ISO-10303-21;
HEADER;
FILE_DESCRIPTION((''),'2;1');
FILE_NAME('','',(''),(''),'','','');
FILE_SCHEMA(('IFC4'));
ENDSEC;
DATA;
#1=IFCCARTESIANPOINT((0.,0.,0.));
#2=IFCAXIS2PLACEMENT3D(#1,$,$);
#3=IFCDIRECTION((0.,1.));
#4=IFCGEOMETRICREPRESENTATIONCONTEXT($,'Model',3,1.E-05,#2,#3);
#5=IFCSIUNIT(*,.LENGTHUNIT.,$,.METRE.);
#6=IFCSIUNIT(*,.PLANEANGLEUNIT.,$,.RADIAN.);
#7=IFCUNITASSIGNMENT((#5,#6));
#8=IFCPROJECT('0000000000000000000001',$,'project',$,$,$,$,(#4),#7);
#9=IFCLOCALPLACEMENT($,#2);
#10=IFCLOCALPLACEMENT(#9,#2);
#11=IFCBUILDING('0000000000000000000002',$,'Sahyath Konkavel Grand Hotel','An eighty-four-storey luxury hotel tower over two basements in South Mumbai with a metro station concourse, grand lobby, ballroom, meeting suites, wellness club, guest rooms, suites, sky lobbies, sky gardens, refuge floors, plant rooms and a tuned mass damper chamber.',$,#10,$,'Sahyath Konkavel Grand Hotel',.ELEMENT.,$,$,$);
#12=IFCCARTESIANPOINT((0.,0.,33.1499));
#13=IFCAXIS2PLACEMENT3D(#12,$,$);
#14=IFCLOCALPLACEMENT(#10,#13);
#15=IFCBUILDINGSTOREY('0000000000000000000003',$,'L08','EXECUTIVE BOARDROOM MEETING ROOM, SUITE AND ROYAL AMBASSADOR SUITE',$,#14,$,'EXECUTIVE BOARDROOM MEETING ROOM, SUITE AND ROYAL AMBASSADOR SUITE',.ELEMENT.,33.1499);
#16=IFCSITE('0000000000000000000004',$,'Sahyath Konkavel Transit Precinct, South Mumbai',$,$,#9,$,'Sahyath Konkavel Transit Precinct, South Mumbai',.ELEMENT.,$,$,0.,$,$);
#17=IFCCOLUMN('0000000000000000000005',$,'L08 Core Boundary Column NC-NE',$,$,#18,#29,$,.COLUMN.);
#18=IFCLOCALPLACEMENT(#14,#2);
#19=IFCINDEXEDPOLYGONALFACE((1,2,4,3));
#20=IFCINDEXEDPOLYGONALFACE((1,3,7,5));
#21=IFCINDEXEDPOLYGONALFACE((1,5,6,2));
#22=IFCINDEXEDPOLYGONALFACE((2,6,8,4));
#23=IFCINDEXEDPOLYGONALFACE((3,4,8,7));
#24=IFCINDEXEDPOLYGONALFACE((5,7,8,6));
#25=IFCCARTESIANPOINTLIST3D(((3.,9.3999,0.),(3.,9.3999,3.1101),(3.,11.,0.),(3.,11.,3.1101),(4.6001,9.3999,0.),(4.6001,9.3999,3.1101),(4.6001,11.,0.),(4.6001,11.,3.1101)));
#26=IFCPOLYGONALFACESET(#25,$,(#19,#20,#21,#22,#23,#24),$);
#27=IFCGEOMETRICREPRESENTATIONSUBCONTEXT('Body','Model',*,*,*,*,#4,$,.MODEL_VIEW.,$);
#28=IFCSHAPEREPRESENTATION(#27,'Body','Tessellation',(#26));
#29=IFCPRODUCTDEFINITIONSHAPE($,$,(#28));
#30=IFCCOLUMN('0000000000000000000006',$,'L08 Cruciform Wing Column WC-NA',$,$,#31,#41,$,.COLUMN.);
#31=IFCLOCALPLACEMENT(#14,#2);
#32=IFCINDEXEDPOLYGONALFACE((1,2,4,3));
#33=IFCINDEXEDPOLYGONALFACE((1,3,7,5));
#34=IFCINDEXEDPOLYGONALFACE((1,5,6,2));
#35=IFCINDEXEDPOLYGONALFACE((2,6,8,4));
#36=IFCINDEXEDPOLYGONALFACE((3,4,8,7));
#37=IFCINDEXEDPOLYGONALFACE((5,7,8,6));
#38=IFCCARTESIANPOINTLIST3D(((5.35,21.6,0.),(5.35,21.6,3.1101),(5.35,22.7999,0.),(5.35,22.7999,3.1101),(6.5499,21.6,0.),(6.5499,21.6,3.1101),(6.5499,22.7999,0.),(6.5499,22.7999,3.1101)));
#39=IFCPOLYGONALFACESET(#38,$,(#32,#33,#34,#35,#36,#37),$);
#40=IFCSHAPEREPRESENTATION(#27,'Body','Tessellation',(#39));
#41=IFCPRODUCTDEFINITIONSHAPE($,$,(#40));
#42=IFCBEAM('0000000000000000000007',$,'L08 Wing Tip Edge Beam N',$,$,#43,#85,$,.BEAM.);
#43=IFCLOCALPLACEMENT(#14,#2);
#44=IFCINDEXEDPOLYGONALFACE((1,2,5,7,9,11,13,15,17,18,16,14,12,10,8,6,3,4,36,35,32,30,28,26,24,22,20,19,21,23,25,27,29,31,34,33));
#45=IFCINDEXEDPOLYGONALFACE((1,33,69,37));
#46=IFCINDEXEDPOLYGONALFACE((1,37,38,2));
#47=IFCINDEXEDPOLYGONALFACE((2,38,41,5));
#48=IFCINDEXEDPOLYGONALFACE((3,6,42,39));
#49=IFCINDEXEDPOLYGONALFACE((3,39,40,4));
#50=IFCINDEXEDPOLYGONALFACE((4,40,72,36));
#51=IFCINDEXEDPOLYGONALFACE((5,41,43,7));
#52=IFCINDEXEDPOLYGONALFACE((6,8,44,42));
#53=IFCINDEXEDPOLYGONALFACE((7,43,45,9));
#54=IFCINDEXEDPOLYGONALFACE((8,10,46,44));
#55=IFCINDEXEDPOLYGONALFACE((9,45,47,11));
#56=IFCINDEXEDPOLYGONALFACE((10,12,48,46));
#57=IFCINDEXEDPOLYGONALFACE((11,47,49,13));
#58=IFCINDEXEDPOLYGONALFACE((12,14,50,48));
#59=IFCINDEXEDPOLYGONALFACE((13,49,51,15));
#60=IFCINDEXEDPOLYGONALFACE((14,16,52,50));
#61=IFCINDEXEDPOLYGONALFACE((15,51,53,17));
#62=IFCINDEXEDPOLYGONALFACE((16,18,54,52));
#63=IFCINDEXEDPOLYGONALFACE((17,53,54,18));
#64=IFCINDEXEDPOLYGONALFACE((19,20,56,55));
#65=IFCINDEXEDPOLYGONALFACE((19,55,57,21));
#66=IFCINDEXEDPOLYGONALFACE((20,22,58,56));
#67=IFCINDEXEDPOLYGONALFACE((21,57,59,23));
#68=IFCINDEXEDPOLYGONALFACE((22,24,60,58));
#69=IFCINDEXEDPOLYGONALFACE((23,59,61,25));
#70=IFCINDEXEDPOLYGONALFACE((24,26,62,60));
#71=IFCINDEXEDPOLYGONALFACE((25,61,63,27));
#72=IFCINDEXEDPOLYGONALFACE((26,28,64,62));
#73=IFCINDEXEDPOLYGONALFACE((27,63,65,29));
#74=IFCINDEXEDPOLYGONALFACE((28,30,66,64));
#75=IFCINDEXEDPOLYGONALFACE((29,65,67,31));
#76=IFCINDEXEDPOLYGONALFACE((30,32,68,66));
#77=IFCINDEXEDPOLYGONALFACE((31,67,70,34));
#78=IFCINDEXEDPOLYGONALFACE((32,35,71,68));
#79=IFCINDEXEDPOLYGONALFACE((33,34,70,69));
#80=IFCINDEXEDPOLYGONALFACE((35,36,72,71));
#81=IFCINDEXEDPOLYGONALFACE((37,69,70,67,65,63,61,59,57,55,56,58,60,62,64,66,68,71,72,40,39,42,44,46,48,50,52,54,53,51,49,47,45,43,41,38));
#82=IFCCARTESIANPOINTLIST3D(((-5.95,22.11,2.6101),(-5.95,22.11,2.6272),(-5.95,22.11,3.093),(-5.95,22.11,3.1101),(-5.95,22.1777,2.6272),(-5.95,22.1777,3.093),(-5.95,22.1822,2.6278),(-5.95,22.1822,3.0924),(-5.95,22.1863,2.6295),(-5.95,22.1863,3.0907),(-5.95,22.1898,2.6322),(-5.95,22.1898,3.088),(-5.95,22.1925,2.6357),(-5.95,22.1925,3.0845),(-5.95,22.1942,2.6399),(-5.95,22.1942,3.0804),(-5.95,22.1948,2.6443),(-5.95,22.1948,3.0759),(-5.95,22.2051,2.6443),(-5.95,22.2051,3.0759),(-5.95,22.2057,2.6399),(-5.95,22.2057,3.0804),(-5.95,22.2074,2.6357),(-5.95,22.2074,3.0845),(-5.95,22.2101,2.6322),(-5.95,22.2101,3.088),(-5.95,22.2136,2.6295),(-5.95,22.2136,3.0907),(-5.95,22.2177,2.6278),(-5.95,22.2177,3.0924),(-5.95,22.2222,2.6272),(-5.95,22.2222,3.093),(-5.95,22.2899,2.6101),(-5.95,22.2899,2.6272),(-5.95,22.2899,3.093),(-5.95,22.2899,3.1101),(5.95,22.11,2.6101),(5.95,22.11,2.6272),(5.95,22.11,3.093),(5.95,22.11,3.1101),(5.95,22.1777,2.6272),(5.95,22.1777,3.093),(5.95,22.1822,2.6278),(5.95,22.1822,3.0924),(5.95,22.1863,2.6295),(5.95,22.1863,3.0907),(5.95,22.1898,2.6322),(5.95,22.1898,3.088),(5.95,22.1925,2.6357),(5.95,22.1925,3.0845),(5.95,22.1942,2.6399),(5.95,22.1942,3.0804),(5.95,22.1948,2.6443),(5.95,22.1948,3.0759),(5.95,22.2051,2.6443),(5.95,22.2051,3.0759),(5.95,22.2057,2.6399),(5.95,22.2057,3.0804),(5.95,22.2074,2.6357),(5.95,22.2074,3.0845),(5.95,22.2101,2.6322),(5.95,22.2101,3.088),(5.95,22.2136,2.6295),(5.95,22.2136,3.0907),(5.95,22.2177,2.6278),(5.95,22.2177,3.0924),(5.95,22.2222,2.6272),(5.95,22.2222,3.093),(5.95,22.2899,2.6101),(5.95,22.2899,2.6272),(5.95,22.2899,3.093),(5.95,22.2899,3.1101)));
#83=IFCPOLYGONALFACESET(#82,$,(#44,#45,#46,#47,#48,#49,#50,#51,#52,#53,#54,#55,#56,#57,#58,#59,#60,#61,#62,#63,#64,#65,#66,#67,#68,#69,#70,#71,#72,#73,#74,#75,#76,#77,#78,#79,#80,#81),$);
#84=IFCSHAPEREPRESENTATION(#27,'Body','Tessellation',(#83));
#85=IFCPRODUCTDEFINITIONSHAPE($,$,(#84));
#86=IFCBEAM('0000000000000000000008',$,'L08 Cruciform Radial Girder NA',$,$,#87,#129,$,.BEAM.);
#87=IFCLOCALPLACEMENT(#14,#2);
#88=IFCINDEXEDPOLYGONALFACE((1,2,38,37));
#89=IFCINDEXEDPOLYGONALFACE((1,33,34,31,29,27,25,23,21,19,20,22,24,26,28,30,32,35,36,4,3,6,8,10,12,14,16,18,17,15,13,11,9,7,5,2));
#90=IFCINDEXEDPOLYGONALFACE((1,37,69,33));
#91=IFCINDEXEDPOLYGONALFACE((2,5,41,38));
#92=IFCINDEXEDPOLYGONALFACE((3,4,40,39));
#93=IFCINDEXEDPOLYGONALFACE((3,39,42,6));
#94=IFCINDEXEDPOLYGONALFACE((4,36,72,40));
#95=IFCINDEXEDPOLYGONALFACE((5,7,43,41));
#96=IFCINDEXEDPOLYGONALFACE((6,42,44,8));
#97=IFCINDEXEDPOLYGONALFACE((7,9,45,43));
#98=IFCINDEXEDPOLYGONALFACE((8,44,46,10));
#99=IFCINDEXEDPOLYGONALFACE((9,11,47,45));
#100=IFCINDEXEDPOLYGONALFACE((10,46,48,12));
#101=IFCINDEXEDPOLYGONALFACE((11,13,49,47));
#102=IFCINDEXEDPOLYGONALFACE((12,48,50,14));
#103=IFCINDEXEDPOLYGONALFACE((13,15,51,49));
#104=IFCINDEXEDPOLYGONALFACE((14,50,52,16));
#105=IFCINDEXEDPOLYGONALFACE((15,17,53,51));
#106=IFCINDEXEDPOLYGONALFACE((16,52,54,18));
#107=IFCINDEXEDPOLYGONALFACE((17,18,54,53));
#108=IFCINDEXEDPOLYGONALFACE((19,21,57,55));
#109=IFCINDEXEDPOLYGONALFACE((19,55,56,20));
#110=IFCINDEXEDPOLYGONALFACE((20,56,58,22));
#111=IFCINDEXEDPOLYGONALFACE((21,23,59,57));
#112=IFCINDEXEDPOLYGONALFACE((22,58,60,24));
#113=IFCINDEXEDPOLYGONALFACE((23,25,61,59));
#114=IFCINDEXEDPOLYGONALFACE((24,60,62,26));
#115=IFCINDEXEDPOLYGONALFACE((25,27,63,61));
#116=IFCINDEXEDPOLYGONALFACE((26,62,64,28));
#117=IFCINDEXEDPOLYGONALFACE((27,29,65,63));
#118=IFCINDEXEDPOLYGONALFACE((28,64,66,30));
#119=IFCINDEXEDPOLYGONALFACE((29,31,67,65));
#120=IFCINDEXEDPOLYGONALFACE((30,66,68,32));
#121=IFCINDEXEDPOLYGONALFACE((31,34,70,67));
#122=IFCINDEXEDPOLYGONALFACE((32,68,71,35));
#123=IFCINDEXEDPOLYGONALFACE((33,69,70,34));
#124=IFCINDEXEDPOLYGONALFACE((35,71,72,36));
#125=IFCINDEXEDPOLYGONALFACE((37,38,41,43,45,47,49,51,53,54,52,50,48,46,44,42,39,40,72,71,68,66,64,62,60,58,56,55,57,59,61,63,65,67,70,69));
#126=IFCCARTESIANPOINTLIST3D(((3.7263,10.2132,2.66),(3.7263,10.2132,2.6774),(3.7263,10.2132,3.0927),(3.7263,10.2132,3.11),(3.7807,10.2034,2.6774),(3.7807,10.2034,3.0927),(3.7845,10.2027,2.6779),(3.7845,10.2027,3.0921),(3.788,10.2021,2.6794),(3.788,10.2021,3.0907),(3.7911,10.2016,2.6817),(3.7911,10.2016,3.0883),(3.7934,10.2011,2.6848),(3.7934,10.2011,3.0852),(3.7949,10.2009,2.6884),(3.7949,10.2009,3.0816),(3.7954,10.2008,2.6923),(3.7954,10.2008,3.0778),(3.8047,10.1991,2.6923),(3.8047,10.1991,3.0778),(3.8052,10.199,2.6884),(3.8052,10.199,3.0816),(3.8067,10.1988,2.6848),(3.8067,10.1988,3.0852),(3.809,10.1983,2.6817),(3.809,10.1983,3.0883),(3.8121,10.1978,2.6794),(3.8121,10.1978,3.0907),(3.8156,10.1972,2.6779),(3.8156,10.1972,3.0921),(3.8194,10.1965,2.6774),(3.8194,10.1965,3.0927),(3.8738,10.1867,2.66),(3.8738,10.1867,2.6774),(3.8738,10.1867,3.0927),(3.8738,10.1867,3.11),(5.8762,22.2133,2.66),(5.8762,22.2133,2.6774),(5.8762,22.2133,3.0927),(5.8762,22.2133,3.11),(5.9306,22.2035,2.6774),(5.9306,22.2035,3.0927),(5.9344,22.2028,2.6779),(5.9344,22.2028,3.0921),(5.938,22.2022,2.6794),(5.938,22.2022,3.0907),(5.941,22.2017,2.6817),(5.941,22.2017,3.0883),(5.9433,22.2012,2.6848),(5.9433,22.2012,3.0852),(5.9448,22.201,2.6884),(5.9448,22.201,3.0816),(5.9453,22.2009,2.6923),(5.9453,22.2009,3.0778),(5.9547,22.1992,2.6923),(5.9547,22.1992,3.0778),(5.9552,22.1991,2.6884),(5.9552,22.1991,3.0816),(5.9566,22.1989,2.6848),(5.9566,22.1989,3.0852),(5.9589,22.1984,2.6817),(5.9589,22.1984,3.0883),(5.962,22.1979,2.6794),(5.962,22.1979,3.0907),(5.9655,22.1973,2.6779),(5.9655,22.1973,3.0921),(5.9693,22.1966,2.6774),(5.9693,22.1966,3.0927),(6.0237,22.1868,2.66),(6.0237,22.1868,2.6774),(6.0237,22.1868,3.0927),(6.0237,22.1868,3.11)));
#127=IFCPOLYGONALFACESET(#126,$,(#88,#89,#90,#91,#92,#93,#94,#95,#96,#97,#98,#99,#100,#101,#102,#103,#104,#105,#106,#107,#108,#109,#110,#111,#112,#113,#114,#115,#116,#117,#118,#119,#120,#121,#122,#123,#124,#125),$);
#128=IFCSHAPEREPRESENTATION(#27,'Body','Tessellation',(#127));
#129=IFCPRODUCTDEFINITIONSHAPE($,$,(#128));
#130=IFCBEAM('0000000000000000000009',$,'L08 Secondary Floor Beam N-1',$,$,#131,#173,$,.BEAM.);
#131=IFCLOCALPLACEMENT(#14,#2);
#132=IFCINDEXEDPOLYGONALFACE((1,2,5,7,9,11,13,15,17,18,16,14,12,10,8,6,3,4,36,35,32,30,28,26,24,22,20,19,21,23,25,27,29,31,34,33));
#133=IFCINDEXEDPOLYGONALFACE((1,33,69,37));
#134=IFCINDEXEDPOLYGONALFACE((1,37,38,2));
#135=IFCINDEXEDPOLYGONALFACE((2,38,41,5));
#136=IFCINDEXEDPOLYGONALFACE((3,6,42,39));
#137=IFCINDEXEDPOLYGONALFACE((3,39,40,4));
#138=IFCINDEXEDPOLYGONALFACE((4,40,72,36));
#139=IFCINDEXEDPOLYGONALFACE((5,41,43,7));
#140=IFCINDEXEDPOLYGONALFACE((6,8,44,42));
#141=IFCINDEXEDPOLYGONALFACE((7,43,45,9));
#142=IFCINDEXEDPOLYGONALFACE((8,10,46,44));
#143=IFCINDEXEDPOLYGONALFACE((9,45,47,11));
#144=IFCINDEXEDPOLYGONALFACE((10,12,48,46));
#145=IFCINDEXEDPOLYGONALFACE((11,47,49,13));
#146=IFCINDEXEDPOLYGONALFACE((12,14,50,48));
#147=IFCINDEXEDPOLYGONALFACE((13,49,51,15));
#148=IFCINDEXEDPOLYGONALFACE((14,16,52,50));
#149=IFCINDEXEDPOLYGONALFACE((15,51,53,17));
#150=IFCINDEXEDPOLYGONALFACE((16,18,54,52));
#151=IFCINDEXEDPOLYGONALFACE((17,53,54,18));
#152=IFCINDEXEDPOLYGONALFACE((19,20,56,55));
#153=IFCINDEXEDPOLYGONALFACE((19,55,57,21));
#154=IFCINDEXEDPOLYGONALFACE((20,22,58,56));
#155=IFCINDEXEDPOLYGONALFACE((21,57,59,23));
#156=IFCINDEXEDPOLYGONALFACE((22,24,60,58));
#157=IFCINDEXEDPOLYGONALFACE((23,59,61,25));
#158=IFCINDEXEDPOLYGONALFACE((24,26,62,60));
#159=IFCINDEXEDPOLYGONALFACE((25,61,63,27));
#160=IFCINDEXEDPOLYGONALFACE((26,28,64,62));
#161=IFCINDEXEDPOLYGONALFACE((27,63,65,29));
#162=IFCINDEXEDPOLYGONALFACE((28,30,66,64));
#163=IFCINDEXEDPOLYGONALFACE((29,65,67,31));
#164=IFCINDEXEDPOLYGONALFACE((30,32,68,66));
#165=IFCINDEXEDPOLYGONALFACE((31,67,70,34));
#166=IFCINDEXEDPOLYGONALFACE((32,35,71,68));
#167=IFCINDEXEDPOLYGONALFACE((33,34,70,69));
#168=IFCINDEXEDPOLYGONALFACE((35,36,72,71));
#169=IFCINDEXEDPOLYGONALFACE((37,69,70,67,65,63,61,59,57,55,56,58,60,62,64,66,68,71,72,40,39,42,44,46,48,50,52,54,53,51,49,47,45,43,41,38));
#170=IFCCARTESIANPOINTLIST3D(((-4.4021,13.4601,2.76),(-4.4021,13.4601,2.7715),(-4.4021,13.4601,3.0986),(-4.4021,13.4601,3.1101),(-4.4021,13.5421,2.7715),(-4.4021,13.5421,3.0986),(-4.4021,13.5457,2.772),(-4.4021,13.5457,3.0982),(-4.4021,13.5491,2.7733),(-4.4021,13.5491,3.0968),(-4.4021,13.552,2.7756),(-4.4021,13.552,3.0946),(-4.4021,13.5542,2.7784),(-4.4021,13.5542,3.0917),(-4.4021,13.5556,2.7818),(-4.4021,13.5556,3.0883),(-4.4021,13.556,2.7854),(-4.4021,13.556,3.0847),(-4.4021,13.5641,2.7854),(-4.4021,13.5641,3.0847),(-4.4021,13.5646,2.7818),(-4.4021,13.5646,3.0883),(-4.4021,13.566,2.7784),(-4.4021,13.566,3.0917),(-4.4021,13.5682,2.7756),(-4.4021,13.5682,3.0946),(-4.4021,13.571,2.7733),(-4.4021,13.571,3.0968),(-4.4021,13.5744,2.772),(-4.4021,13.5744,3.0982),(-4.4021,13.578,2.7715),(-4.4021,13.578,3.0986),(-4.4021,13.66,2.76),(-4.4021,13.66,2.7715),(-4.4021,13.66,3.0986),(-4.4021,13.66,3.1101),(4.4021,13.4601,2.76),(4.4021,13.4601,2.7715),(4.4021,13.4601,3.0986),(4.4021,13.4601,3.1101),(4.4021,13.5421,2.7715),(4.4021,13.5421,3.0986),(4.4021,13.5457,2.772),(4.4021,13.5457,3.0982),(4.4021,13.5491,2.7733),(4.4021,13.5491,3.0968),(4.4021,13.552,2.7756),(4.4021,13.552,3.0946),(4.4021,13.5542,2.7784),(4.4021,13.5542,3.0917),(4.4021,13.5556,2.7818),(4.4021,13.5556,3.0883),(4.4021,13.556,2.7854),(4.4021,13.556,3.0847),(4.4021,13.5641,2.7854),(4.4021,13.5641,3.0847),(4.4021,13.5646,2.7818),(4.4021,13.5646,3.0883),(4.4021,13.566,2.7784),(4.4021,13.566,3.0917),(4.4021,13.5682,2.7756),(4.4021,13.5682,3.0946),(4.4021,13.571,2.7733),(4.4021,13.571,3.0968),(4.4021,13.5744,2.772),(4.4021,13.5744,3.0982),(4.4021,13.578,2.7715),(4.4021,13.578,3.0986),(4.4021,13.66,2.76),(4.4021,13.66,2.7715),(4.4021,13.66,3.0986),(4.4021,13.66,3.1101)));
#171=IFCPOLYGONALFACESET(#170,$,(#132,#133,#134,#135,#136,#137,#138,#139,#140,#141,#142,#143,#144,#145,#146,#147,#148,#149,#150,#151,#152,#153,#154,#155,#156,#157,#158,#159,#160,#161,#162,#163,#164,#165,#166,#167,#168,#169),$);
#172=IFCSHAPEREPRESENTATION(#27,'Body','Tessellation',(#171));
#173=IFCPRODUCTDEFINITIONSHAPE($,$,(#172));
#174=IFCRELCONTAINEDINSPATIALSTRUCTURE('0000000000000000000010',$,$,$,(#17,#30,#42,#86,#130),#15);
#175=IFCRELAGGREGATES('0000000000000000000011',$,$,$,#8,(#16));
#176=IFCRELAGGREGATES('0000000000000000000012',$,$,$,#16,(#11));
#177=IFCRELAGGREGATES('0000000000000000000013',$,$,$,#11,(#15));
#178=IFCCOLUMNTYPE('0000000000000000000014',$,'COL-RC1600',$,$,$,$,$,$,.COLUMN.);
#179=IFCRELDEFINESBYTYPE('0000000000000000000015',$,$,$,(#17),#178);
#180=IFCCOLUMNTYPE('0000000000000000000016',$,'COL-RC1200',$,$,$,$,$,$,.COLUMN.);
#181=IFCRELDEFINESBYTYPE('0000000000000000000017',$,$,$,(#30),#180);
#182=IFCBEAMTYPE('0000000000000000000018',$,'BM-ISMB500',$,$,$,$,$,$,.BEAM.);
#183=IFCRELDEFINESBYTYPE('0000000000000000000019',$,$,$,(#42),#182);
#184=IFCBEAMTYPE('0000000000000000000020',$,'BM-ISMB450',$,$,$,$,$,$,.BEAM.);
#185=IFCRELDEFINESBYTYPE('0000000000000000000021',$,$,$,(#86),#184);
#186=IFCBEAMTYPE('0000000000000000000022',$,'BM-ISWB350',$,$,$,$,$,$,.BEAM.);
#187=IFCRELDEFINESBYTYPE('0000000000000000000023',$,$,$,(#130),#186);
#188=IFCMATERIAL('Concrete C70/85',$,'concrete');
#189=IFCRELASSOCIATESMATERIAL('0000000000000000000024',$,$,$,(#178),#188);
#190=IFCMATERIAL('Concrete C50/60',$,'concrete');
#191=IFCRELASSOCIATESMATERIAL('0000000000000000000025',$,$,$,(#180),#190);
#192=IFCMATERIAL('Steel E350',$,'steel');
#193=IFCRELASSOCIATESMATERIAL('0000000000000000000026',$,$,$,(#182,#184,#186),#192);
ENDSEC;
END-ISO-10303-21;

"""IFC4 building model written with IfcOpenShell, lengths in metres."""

from ifc_helpers import new_model, si_unit, direction, frame, origin, origin_2d, place, context, subcontext, project, spatial, rectangle, i_section, extrude, source, transform, mapped, material, material_profile, profile_set, type_object, element, save


model = new_model("IFC4")

# Units and contexts
model_context = context("Model", 3, precision=1e-05, world=origin(), true_north=direction((0.0, 1.0)))
body_context = subcontext(model_context, "Body", "Model", "MODEL_VIEW")
ifc_project = project(units=[si_unit("LENGTHUNIT", "METRE"), si_unit("PLANEANGLEUNIT", "RADIAN")], contexts=[model_context])

# Site, building, storey
site_placement = place(None, origin())
site = spatial("IfcSite", under=ifc_project, at=site_placement, Name="Sahyath Konkavel Transit Precinct, South Mumbai", LongName="Sahyath Konkavel Transit Precinct, South Mumbai", CompositionType="ELEMENT", RefElevation=0.0)
building_placement = place(site_placement, origin())
building = spatial("IfcBuilding", under=site, at=building_placement, Name="Sahyath Konkavel Grand Hotel", Description="An eighty-four-storey luxury hotel tower over two basements in South Mumbai with a metro station concourse, grand lobby, ballroom, meeting suites, wellness club, guest rooms, suites, sky lobbies, sky gardens, refuge floors, plant rooms and a tuned mass damper chamber.", LongName="Sahyath Konkavel Grand Hotel", CompositionType="ELEMENT")
storey_placement = place(building_placement, frame((0.0, 0.0, 33.1499)))
storey = spatial("IfcBuildingStorey", under=building, at=storey_placement, Name="L08", Description="EXECUTIVE BOARDROOM MEETING ROOM, SUITE AND ROYAL AMBASSADOR SUITE", LongName="EXECUTIVE BOARDROOM MEETING ROOM, SUITE AND ROYAL AMBASSADOR SUITE", CompositionType="ELEMENT", Elevation=33.1499)

# Columns
ifc_material_1 = material(Name="Concrete C70/85", Category="concrete")
ifc_material_profile_1 = material_profile(ifc_material_1, rectangle(XDim=1.6001, YDim=1.6001, at=origin_2d()), Name="RC 1600x1600")
ifc_profile_set_1 = profile_set([ifc_material_profile_1], Name="Concrete C70/85")
column_type_1 = type_object("IfcColumnType", Name="COL-RC1600", PredefinedType="COLUMN", material=ifc_profile_set_1)
shared_shape_1 = source(origin(), body_context, "Body", "SweptSolid", [
    extrude(rectangle(XDim=1.6001, YDim=1.6001, at=origin_2d()), origin(), (0.0, 0.0, 1.0), 3.1101),
])
column_1_placement = place(storey_placement, frame((3.8, 10.2, 0.0), z_axis=(0.0, 0.0, 1.0), x_axis=(1.0, 0.0, 0.0)))
element("IfcColumn", 1, at=column_1_placement, inside=storey, type_object=column_type_1, Name="L08 Core Boundary Column NC-NE", PredefinedType="COLUMN", context=body_context, shape_type="MappedRepresentation", body=[
    mapped(shared_shape_1, transform((0.0, 0.0, 0.0), scale=1.0)),
])
ifc_material_2 = material(Name="Concrete C50/60", Category="concrete")
ifc_material_profile_2 = material_profile(ifc_material_2, rectangle(XDim=1.2, YDim=1.2, at=origin_2d()), Name="RC 1200x1200")
ifc_profile_set_2 = profile_set([ifc_material_profile_2], Name="Concrete C50/60")
column_type_2 = type_object("IfcColumnType", Name="COL-RC1200", PredefinedType="COLUMN", material=ifc_profile_set_2)
shared_shape_2 = source(origin(), body_context, "Body", "SweptSolid", [
    extrude(rectangle(XDim=1.2, YDim=1.2, at=origin_2d()), origin(), (0.0, 0.0, 1.0), 3.1101),
])
column_2_placement = place(storey_placement, frame((5.95, 22.2, 0.0), z_axis=(0.0, 0.0, 1.0), x_axis=(1.0, 0.0, 0.0)))
element("IfcColumn", 2, at=column_2_placement, inside=storey, type_object=column_type_2, Name="L08 Cruciform Wing Column WC-NA", PredefinedType="COLUMN", context=body_context, shape_type="MappedRepresentation", body=[
    mapped(shared_shape_2, transform((0.0, 0.0, 0.0), scale=1.0)),
])

# Beams
ifc_material_3 = material(Name="Steel E350", Category="steel")
ifc_material_profile_3 = material_profile(ifc_material_3, i_section(OverallWidth=0.1799, OverallDepth=0.5, WebThickness=0.0103, FlangeThickness=0.0171, FilletRadius=0.0171, at=origin_2d()), Name="ISMB 500")
ifc_profile_set_3 = profile_set([ifc_material_profile_3], Name="Steel E350")
beam_type_1 = type_object("IfcBeamType", Name="BM-ISMB500", PredefinedType="BEAM", material=ifc_profile_set_3)
shared_shape_3 = source(origin(), body_context, "Body", "SweptSolid", [
    extrude(i_section(OverallWidth=0.1799, OverallDepth=0.5, WebThickness=0.0103, FlangeThickness=0.0171, FilletRadius=0.0171, at=origin_2d()), origin(), (0.0, 0.0, 1.0), 11.8999),
])
beam_1_placement = place(storey_placement, frame((5.95, 22.2, 2.8601), z_axis=(-1.0, 0.0, 0.0), x_axis=(0.0, -1.0, 0.0)))
element("IfcBeam", 3, at=beam_1_placement, inside=storey, type_object=beam_type_1, Name="L08 Wing Tip Edge Beam N", PredefinedType="BEAM", context=body_context, shape_type="MappedRepresentation", body=[
    mapped(shared_shape_3, transform((0.0, 0.0, 0.0), scale=1.0)),
])
ifc_material_profile_4 = material_profile(ifc_material_3, i_section(OverallWidth=0.1499, OverallDepth=0.45, WebThickness=0.0095, FlangeThickness=0.0173, FilletRadius=0.0149, at=origin_2d()), Name="ISMB 450")
ifc_profile_set_4 = profile_set([ifc_material_profile_4], Name="Steel E350")
beam_type_2 = type_object("IfcBeamType", Name="BM-ISMB450", PredefinedType="BEAM", material=ifc_profile_set_4)
shared_shape_4 = source(origin(), body_context, "Body", "SweptSolid", [
    extrude(i_section(OverallWidth=0.1499, OverallDepth=0.45, WebThickness=0.0095, FlangeThickness=0.0173, FilletRadius=0.0149, at=origin_2d()), origin(), (0.0, 0.0, 1.0), 12.1912),
])
beam_2_placement = place(storey_placement, frame((3.8, 10.2, 2.885), z_axis=(0.176351, 0.984327, 0.0), x_axis=(-0.984327, 0.176351, 0.0)))
element("IfcBeam", 4, at=beam_2_placement, inside=storey, type_object=beam_type_2, Name="L08 Cruciform Radial Girder NA", PredefinedType="BEAM", context=body_context, shape_type="MappedRepresentation", body=[
    mapped(shared_shape_4, transform((0.0, 0.0, 0.0), scale=1.0)),
])
ifc_material_profile_5 = material_profile(ifc_material_3, i_section(OverallWidth=0.2, OverallDepth=0.3501, WebThickness=0.0081, FlangeThickness=0.0115, FilletRadius=0.0139, at=origin_2d()), Name="ISWB 350")
ifc_profile_set_5 = profile_set([ifc_material_profile_5], Name="Steel E350")
beam_type_3 = type_object("IfcBeamType", Name="BM-ISWB350", PredefinedType="BEAM", material=ifc_profile_set_5)
shared_shape_5 = source(origin(), body_context, "Body", "SweptSolid", [
    extrude(i_section(OverallWidth=0.2, OverallDepth=0.3501, WebThickness=0.0081, FlangeThickness=0.0115, FilletRadius=0.0139, at=origin_2d()), origin(), (0.0, 0.0, 1.0), 8.8042),
])
beam_3_placement = place(storey_placement, frame((4.4021, 13.5601, 2.9351), z_axis=(-1.0, 0.0, 0.0), x_axis=(0.0, -1.0, 0.0)))
element("IfcBeam", 5, at=beam_3_placement, inside=storey, type_object=beam_type_3, Name="L08 Secondary Floor Beam N-1", PredefinedType="BEAM", context=body_context, shape_type="MappedRepresentation", body=[
    mapped(shared_shape_5, transform((0.0, 0.0, 0.0), scale=1.0)),
])

save(model, "model.ifc")
